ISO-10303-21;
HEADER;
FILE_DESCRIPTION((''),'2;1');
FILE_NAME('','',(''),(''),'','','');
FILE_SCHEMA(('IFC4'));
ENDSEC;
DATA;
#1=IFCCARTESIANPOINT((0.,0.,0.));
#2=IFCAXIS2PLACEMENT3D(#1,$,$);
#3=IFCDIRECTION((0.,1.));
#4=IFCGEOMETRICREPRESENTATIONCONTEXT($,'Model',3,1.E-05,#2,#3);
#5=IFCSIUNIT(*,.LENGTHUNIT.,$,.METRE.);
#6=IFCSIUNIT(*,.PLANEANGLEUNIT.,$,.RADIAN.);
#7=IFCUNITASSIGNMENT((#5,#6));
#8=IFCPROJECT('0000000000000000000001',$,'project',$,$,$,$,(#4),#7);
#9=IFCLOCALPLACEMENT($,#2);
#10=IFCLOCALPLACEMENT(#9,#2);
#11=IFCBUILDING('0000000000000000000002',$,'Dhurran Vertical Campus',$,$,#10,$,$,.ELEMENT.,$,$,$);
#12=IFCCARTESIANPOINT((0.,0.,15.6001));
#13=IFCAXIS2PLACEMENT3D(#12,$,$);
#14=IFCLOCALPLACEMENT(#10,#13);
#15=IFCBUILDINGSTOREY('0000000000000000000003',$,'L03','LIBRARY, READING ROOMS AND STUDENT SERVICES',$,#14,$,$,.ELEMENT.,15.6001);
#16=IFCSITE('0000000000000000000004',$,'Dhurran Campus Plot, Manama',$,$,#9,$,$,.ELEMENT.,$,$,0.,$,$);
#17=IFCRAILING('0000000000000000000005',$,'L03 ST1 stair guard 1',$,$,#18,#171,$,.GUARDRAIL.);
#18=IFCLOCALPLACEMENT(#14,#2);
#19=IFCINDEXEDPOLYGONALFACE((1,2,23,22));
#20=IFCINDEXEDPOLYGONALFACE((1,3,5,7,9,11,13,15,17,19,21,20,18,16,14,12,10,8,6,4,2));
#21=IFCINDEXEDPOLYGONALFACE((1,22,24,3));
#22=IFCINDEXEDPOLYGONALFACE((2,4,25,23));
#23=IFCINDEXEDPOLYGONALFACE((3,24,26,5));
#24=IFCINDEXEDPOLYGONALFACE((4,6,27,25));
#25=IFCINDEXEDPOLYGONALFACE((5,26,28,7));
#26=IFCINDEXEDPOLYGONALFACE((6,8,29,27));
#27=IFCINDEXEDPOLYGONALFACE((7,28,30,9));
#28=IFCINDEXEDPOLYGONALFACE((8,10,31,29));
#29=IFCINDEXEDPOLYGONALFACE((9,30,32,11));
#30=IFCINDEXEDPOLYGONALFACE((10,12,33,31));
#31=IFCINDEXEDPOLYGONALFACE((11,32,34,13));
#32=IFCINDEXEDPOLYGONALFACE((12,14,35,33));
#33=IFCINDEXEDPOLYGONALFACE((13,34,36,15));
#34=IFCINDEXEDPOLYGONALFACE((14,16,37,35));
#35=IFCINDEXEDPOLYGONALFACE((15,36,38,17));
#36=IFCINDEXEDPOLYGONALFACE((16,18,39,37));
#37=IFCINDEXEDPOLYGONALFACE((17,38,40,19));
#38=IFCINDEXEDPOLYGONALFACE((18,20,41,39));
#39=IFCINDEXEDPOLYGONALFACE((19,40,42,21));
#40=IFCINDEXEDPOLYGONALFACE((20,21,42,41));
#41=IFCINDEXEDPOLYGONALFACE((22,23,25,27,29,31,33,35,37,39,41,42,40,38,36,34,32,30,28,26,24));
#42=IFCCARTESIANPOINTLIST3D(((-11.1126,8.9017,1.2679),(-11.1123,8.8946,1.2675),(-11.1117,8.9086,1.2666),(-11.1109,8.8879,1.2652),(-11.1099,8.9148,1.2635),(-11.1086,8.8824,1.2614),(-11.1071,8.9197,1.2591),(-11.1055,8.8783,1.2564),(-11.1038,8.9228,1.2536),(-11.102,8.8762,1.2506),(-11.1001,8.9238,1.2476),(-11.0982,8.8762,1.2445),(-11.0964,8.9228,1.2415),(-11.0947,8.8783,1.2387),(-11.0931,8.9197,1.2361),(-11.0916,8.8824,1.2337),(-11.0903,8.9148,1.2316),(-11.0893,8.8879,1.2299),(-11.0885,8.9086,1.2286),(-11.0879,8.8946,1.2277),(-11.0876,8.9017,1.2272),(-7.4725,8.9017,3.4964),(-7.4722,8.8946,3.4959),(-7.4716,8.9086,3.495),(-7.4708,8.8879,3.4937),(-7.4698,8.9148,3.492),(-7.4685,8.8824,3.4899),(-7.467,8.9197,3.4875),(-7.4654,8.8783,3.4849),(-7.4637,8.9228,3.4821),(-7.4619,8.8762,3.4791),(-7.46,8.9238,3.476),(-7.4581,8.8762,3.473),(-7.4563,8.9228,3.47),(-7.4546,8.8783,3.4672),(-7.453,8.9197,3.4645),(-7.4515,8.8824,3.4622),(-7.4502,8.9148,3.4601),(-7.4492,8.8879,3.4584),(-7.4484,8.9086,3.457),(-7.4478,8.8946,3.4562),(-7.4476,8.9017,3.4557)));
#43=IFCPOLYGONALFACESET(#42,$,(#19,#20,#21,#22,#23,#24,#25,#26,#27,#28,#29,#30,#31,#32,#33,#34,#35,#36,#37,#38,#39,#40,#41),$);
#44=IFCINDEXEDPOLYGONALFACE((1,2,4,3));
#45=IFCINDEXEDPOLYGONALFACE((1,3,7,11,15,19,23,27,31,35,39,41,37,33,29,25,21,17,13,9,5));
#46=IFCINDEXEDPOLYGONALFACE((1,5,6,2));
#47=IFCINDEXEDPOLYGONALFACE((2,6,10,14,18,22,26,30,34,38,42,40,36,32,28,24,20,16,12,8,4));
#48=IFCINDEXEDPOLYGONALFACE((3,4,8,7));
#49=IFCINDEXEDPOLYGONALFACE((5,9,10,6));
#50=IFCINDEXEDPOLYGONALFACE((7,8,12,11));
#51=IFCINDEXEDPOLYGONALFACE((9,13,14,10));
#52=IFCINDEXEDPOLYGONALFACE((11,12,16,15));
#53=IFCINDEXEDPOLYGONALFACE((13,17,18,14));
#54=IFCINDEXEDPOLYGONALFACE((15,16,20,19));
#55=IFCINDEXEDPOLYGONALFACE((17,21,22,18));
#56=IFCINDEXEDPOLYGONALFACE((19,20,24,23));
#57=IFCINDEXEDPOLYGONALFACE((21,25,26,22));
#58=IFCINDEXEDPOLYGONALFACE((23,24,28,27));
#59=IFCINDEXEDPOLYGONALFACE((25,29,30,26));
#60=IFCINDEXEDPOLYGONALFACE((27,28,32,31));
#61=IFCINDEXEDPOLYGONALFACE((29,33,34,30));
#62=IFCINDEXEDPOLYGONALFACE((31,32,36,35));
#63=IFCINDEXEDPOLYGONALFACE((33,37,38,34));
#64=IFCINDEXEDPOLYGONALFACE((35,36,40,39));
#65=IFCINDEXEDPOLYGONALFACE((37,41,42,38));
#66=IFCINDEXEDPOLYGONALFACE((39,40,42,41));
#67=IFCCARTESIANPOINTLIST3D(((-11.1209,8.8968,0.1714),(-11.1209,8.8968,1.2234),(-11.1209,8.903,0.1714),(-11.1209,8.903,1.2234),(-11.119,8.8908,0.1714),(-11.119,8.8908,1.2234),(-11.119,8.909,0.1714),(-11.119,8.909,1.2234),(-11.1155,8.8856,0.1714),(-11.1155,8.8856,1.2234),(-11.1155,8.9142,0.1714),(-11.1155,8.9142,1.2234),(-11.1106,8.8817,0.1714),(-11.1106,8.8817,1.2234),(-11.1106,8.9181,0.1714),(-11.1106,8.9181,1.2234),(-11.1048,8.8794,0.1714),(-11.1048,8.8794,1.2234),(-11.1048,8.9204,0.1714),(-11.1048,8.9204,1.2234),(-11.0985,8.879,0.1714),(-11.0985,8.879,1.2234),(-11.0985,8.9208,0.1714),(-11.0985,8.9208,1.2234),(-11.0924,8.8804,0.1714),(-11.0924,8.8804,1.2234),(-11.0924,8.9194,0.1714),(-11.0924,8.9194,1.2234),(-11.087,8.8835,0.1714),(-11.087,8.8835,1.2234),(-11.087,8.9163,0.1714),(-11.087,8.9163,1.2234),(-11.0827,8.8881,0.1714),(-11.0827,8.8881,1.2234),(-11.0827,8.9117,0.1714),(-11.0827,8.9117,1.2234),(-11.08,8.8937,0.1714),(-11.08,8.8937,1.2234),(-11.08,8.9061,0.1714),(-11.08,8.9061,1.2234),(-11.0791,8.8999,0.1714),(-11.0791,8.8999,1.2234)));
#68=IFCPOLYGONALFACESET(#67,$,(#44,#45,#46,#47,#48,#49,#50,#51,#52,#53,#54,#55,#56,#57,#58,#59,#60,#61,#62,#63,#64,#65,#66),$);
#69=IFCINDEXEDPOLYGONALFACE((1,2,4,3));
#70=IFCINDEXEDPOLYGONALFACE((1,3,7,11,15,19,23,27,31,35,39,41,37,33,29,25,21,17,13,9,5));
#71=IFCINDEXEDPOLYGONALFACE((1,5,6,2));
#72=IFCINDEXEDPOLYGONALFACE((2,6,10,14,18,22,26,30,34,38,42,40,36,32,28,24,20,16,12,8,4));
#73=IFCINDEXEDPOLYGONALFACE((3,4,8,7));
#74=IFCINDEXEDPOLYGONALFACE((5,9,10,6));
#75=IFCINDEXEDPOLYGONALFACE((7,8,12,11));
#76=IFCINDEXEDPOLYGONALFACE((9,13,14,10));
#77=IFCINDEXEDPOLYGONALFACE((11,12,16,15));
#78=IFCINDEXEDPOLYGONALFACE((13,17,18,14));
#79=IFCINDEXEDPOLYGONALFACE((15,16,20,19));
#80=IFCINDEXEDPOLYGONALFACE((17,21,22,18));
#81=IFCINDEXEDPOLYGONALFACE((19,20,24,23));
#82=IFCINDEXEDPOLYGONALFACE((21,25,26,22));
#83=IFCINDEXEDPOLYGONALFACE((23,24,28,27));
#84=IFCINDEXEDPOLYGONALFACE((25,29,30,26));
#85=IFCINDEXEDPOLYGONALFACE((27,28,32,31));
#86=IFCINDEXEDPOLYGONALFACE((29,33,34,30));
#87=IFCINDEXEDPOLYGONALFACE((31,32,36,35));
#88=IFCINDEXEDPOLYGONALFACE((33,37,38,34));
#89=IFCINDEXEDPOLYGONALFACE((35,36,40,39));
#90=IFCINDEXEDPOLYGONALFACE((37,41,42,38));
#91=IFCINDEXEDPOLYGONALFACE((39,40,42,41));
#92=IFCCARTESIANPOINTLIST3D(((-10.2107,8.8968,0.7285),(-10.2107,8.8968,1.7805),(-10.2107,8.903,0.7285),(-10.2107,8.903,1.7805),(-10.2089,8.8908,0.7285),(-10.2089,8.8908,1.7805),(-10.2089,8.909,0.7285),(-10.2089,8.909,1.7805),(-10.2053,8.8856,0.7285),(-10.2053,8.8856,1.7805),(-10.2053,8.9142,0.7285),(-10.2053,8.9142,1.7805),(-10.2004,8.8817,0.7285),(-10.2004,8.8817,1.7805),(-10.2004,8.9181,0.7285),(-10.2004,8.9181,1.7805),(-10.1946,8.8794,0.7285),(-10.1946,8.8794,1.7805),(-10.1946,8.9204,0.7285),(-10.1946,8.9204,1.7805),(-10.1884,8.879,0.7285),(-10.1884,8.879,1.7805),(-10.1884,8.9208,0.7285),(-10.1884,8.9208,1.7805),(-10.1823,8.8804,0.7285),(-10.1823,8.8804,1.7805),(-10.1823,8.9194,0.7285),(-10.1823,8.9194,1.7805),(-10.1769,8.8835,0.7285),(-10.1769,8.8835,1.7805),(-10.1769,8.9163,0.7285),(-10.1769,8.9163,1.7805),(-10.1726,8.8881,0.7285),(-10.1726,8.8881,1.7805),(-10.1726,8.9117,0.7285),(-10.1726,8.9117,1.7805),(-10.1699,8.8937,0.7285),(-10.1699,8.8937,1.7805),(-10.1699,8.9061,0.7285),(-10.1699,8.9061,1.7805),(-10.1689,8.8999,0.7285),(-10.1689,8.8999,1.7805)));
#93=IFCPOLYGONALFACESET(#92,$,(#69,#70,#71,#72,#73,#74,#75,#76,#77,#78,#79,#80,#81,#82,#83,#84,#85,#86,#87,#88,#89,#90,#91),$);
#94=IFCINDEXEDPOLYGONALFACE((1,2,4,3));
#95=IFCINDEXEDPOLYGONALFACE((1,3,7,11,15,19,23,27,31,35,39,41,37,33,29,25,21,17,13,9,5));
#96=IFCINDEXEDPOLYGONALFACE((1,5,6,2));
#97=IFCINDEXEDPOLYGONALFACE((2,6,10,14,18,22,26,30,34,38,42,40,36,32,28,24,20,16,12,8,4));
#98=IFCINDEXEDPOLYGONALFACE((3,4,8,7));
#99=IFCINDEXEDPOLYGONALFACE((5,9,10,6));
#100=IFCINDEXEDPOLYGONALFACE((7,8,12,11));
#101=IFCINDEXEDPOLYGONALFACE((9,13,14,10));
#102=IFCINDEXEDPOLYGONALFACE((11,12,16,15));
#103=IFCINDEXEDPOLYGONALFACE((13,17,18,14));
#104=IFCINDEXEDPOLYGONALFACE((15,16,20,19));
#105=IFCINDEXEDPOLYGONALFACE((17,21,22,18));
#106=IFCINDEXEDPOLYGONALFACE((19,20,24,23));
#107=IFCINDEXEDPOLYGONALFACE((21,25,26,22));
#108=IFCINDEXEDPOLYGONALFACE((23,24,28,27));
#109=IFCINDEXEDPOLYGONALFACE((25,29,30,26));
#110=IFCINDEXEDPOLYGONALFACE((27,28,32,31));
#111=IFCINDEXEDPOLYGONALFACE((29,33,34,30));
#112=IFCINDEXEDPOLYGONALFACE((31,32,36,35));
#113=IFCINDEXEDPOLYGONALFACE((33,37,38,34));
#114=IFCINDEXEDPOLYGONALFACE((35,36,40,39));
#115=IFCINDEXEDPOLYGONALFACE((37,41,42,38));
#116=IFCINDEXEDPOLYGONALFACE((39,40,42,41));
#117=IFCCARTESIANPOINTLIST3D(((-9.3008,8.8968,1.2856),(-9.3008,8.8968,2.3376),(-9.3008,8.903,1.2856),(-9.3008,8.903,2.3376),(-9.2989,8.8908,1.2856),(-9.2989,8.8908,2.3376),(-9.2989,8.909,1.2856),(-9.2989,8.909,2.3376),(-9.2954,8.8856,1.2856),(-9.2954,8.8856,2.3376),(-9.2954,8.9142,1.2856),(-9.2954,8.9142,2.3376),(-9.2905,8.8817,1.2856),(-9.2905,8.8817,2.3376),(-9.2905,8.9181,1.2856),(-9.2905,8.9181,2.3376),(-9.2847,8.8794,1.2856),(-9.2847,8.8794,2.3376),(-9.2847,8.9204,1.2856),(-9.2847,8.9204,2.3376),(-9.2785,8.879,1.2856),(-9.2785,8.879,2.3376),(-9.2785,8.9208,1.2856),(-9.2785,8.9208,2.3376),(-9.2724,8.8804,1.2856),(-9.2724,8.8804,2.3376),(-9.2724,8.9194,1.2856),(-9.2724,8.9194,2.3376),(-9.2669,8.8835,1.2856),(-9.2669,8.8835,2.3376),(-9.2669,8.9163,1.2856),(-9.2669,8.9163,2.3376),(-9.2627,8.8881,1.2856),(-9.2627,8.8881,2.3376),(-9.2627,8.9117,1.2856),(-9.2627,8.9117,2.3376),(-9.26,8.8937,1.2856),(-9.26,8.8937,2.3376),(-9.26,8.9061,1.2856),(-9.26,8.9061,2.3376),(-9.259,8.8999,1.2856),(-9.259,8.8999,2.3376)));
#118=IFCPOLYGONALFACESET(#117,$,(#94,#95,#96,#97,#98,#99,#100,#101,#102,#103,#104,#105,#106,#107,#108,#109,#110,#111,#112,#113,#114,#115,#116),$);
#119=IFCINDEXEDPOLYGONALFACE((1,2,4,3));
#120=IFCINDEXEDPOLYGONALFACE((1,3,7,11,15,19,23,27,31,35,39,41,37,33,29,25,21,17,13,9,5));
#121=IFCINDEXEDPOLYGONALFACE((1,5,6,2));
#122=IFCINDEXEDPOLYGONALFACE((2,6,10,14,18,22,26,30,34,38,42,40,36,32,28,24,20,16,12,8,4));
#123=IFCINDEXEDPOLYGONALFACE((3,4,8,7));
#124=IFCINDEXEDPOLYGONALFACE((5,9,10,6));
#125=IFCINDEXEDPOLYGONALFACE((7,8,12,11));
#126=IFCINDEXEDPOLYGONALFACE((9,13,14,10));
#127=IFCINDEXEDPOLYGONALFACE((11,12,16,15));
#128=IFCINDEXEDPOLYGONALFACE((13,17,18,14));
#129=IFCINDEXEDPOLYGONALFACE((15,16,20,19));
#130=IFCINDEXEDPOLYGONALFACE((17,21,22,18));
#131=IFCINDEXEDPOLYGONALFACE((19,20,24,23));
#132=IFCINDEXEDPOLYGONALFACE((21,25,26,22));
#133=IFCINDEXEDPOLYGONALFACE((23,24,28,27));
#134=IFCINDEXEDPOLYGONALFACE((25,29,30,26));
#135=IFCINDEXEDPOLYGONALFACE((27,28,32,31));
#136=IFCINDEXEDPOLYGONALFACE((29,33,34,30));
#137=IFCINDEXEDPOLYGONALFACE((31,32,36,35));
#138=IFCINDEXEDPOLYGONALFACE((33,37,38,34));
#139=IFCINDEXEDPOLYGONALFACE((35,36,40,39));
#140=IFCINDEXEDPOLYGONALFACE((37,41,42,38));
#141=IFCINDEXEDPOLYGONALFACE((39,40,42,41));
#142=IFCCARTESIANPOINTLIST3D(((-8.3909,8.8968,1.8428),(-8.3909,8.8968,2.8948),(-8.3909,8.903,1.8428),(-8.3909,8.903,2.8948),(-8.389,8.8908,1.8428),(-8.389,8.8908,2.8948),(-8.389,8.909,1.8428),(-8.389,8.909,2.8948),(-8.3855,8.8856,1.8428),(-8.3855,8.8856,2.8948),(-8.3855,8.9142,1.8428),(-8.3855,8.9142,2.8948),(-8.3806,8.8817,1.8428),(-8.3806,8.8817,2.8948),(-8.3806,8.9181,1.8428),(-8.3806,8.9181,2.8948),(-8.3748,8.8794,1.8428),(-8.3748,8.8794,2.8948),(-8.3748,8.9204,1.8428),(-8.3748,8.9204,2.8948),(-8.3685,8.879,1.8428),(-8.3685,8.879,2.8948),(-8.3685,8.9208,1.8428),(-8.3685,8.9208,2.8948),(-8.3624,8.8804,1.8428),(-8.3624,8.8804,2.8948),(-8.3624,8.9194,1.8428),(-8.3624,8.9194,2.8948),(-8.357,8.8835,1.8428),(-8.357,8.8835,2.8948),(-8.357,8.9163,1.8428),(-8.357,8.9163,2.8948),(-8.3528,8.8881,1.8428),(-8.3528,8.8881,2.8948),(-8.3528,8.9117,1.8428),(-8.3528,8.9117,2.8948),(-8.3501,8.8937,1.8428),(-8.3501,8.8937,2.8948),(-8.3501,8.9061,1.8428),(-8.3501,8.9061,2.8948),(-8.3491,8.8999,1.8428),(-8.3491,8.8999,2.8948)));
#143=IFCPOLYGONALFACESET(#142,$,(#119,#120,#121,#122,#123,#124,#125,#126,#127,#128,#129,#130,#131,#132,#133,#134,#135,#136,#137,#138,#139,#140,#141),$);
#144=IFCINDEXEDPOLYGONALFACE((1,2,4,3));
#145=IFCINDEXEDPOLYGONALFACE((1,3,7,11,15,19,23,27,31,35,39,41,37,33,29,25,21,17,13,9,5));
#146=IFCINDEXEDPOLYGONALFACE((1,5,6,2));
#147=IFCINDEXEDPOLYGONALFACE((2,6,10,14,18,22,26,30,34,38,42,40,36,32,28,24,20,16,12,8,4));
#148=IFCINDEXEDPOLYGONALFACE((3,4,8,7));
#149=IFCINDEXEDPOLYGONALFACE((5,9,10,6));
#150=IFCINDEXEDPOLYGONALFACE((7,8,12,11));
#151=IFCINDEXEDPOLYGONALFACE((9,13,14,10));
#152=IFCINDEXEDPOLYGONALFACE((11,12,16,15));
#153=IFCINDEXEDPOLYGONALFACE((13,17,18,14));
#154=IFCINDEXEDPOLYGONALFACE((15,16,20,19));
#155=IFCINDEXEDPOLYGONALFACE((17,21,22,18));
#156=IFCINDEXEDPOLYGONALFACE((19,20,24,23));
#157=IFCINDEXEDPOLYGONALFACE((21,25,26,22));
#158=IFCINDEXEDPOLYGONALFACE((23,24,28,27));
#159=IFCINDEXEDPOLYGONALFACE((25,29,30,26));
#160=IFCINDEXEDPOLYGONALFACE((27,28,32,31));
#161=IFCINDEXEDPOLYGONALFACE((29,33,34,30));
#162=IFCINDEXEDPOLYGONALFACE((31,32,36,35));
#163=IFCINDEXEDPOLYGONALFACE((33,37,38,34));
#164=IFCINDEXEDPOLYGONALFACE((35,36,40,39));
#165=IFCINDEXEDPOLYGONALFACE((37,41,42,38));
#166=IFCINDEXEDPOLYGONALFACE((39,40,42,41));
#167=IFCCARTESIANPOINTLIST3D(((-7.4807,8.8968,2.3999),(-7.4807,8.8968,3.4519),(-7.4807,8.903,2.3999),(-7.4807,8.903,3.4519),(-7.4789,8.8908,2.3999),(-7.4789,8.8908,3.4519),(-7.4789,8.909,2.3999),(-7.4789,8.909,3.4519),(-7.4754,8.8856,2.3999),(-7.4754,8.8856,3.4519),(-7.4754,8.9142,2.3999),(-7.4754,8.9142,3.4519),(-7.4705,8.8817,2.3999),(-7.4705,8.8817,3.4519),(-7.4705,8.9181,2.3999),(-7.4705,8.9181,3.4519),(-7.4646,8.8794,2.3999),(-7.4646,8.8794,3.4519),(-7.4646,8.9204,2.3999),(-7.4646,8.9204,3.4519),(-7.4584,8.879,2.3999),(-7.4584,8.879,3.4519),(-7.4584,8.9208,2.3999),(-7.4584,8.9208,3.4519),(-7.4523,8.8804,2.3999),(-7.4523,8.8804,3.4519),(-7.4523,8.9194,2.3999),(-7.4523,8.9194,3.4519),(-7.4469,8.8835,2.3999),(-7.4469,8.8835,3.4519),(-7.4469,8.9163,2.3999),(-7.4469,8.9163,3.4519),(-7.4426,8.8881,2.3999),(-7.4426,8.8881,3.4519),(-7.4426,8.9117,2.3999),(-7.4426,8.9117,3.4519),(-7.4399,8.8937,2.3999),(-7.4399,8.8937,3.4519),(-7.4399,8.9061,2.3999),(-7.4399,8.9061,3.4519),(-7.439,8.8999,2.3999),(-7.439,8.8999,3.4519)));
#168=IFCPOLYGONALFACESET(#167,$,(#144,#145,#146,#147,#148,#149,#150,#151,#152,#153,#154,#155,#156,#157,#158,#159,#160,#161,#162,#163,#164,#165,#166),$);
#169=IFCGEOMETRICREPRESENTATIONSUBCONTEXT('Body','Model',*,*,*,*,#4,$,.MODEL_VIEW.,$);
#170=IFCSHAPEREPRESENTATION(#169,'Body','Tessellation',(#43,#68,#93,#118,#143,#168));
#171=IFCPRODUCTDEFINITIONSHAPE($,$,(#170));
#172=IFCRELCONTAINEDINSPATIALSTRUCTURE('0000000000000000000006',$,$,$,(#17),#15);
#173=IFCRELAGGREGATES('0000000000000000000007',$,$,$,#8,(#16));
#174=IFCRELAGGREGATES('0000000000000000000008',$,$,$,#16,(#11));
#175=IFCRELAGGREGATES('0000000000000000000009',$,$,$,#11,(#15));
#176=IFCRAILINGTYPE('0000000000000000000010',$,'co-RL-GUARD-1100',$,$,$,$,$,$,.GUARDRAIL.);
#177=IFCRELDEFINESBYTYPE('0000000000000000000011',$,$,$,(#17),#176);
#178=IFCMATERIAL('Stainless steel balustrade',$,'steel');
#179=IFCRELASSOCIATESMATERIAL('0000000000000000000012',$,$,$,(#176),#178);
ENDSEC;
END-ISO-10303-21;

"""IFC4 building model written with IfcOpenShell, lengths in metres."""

from ifc_helpers import new_model, si_unit, direction, frame, origin, origin_2d, place, context, subcontext, project, spatial, circle, extrude, material, type_object, element, save


model = new_model("IFC4")

# Units and contexts
model_context = context("Model", 3, precision=1e-05, world=origin(), true_north=direction((0.0, 1.0)))
body_context = subcontext(model_context, "Body", "Model", "MODEL_VIEW")
ifc_project = project(units=[si_unit("LENGTHUNIT", "METRE"), si_unit("PLANEANGLEUNIT", "RADIAN")], contexts=[model_context])

# Site, building, storey
site_placement = place(None, origin())
site = spatial("IfcSite", under=ifc_project, at=site_placement, Name="Dhurran Campus Plot, Manama", CompositionType="ELEMENT", RefElevation=0.0)
building_placement = place(site_placement, origin())
building = spatial("IfcBuilding", under=site, at=building_placement, Name="Dhurran Vertical Campus", CompositionType="ELEMENT")
storey_placement = place(building_placement, frame((0.0, 0.0, 15.6001)))
storey = spatial("IfcBuildingStorey", under=building, at=storey_placement, Name="L03", Description="LIBRARY, READING ROOMS AND STUDENT SERVICES", CompositionType="ELEMENT", Elevation=15.6001)

# Railing
ifc_material_1 = material(Name="Stainless steel balustrade", Category="steel")
railing_type_1 = type_object("IfcRailingType", Name="co-RL-GUARD-1100", PredefinedType="GUARDRAIL", material=ifc_material_1)
railing_1_placement = place(storey_placement, frame((-11.1001, 8.8999, 0.1714)))
element("IfcRailing", 1, at=railing_1_placement, inside=storey, type_object=railing_type_1, Name="L03 ST1 stair guard 1", PredefinedType="GUARDRAIL", context=body_context, shape_type="SweptSolid", body=[
    extrude(circle(Radius=0.0239, at=origin_2d()), frame((0.0, 0.0, 1.0762), z_axis=(0.852866, 0.0, 0.52213), x_axis=(0.0, 1.0, 0.0)), (0.0, 0.0, 1.0), 4.2681),
    extrude(circle(Radius=0.021, at=origin_2d()), origin(), (0.0, 0.0, 1.0), 1.052),
    extrude(circle(Radius=0.021, at=origin_2d()), frame((0.9102, 0.0, 0.5571)), (0.0, 0.0, 1.0), 1.052),
    extrude(circle(Radius=0.021, at=origin_2d()), frame((1.8201, 0.0, 1.1143)), (0.0, 0.0, 1.0), 1.052),
    extrude(circle(Radius=0.021, at=origin_2d()), frame((2.73, 0.0, 1.6714)), (0.0, 0.0, 1.0), 1.052),
    extrude(circle(Radius=0.021, at=origin_2d()), frame((3.6401, 0.0, 2.2285)), (0.0, 0.0, 1.0), 1.052),
])

save(model, "model.ifc")
